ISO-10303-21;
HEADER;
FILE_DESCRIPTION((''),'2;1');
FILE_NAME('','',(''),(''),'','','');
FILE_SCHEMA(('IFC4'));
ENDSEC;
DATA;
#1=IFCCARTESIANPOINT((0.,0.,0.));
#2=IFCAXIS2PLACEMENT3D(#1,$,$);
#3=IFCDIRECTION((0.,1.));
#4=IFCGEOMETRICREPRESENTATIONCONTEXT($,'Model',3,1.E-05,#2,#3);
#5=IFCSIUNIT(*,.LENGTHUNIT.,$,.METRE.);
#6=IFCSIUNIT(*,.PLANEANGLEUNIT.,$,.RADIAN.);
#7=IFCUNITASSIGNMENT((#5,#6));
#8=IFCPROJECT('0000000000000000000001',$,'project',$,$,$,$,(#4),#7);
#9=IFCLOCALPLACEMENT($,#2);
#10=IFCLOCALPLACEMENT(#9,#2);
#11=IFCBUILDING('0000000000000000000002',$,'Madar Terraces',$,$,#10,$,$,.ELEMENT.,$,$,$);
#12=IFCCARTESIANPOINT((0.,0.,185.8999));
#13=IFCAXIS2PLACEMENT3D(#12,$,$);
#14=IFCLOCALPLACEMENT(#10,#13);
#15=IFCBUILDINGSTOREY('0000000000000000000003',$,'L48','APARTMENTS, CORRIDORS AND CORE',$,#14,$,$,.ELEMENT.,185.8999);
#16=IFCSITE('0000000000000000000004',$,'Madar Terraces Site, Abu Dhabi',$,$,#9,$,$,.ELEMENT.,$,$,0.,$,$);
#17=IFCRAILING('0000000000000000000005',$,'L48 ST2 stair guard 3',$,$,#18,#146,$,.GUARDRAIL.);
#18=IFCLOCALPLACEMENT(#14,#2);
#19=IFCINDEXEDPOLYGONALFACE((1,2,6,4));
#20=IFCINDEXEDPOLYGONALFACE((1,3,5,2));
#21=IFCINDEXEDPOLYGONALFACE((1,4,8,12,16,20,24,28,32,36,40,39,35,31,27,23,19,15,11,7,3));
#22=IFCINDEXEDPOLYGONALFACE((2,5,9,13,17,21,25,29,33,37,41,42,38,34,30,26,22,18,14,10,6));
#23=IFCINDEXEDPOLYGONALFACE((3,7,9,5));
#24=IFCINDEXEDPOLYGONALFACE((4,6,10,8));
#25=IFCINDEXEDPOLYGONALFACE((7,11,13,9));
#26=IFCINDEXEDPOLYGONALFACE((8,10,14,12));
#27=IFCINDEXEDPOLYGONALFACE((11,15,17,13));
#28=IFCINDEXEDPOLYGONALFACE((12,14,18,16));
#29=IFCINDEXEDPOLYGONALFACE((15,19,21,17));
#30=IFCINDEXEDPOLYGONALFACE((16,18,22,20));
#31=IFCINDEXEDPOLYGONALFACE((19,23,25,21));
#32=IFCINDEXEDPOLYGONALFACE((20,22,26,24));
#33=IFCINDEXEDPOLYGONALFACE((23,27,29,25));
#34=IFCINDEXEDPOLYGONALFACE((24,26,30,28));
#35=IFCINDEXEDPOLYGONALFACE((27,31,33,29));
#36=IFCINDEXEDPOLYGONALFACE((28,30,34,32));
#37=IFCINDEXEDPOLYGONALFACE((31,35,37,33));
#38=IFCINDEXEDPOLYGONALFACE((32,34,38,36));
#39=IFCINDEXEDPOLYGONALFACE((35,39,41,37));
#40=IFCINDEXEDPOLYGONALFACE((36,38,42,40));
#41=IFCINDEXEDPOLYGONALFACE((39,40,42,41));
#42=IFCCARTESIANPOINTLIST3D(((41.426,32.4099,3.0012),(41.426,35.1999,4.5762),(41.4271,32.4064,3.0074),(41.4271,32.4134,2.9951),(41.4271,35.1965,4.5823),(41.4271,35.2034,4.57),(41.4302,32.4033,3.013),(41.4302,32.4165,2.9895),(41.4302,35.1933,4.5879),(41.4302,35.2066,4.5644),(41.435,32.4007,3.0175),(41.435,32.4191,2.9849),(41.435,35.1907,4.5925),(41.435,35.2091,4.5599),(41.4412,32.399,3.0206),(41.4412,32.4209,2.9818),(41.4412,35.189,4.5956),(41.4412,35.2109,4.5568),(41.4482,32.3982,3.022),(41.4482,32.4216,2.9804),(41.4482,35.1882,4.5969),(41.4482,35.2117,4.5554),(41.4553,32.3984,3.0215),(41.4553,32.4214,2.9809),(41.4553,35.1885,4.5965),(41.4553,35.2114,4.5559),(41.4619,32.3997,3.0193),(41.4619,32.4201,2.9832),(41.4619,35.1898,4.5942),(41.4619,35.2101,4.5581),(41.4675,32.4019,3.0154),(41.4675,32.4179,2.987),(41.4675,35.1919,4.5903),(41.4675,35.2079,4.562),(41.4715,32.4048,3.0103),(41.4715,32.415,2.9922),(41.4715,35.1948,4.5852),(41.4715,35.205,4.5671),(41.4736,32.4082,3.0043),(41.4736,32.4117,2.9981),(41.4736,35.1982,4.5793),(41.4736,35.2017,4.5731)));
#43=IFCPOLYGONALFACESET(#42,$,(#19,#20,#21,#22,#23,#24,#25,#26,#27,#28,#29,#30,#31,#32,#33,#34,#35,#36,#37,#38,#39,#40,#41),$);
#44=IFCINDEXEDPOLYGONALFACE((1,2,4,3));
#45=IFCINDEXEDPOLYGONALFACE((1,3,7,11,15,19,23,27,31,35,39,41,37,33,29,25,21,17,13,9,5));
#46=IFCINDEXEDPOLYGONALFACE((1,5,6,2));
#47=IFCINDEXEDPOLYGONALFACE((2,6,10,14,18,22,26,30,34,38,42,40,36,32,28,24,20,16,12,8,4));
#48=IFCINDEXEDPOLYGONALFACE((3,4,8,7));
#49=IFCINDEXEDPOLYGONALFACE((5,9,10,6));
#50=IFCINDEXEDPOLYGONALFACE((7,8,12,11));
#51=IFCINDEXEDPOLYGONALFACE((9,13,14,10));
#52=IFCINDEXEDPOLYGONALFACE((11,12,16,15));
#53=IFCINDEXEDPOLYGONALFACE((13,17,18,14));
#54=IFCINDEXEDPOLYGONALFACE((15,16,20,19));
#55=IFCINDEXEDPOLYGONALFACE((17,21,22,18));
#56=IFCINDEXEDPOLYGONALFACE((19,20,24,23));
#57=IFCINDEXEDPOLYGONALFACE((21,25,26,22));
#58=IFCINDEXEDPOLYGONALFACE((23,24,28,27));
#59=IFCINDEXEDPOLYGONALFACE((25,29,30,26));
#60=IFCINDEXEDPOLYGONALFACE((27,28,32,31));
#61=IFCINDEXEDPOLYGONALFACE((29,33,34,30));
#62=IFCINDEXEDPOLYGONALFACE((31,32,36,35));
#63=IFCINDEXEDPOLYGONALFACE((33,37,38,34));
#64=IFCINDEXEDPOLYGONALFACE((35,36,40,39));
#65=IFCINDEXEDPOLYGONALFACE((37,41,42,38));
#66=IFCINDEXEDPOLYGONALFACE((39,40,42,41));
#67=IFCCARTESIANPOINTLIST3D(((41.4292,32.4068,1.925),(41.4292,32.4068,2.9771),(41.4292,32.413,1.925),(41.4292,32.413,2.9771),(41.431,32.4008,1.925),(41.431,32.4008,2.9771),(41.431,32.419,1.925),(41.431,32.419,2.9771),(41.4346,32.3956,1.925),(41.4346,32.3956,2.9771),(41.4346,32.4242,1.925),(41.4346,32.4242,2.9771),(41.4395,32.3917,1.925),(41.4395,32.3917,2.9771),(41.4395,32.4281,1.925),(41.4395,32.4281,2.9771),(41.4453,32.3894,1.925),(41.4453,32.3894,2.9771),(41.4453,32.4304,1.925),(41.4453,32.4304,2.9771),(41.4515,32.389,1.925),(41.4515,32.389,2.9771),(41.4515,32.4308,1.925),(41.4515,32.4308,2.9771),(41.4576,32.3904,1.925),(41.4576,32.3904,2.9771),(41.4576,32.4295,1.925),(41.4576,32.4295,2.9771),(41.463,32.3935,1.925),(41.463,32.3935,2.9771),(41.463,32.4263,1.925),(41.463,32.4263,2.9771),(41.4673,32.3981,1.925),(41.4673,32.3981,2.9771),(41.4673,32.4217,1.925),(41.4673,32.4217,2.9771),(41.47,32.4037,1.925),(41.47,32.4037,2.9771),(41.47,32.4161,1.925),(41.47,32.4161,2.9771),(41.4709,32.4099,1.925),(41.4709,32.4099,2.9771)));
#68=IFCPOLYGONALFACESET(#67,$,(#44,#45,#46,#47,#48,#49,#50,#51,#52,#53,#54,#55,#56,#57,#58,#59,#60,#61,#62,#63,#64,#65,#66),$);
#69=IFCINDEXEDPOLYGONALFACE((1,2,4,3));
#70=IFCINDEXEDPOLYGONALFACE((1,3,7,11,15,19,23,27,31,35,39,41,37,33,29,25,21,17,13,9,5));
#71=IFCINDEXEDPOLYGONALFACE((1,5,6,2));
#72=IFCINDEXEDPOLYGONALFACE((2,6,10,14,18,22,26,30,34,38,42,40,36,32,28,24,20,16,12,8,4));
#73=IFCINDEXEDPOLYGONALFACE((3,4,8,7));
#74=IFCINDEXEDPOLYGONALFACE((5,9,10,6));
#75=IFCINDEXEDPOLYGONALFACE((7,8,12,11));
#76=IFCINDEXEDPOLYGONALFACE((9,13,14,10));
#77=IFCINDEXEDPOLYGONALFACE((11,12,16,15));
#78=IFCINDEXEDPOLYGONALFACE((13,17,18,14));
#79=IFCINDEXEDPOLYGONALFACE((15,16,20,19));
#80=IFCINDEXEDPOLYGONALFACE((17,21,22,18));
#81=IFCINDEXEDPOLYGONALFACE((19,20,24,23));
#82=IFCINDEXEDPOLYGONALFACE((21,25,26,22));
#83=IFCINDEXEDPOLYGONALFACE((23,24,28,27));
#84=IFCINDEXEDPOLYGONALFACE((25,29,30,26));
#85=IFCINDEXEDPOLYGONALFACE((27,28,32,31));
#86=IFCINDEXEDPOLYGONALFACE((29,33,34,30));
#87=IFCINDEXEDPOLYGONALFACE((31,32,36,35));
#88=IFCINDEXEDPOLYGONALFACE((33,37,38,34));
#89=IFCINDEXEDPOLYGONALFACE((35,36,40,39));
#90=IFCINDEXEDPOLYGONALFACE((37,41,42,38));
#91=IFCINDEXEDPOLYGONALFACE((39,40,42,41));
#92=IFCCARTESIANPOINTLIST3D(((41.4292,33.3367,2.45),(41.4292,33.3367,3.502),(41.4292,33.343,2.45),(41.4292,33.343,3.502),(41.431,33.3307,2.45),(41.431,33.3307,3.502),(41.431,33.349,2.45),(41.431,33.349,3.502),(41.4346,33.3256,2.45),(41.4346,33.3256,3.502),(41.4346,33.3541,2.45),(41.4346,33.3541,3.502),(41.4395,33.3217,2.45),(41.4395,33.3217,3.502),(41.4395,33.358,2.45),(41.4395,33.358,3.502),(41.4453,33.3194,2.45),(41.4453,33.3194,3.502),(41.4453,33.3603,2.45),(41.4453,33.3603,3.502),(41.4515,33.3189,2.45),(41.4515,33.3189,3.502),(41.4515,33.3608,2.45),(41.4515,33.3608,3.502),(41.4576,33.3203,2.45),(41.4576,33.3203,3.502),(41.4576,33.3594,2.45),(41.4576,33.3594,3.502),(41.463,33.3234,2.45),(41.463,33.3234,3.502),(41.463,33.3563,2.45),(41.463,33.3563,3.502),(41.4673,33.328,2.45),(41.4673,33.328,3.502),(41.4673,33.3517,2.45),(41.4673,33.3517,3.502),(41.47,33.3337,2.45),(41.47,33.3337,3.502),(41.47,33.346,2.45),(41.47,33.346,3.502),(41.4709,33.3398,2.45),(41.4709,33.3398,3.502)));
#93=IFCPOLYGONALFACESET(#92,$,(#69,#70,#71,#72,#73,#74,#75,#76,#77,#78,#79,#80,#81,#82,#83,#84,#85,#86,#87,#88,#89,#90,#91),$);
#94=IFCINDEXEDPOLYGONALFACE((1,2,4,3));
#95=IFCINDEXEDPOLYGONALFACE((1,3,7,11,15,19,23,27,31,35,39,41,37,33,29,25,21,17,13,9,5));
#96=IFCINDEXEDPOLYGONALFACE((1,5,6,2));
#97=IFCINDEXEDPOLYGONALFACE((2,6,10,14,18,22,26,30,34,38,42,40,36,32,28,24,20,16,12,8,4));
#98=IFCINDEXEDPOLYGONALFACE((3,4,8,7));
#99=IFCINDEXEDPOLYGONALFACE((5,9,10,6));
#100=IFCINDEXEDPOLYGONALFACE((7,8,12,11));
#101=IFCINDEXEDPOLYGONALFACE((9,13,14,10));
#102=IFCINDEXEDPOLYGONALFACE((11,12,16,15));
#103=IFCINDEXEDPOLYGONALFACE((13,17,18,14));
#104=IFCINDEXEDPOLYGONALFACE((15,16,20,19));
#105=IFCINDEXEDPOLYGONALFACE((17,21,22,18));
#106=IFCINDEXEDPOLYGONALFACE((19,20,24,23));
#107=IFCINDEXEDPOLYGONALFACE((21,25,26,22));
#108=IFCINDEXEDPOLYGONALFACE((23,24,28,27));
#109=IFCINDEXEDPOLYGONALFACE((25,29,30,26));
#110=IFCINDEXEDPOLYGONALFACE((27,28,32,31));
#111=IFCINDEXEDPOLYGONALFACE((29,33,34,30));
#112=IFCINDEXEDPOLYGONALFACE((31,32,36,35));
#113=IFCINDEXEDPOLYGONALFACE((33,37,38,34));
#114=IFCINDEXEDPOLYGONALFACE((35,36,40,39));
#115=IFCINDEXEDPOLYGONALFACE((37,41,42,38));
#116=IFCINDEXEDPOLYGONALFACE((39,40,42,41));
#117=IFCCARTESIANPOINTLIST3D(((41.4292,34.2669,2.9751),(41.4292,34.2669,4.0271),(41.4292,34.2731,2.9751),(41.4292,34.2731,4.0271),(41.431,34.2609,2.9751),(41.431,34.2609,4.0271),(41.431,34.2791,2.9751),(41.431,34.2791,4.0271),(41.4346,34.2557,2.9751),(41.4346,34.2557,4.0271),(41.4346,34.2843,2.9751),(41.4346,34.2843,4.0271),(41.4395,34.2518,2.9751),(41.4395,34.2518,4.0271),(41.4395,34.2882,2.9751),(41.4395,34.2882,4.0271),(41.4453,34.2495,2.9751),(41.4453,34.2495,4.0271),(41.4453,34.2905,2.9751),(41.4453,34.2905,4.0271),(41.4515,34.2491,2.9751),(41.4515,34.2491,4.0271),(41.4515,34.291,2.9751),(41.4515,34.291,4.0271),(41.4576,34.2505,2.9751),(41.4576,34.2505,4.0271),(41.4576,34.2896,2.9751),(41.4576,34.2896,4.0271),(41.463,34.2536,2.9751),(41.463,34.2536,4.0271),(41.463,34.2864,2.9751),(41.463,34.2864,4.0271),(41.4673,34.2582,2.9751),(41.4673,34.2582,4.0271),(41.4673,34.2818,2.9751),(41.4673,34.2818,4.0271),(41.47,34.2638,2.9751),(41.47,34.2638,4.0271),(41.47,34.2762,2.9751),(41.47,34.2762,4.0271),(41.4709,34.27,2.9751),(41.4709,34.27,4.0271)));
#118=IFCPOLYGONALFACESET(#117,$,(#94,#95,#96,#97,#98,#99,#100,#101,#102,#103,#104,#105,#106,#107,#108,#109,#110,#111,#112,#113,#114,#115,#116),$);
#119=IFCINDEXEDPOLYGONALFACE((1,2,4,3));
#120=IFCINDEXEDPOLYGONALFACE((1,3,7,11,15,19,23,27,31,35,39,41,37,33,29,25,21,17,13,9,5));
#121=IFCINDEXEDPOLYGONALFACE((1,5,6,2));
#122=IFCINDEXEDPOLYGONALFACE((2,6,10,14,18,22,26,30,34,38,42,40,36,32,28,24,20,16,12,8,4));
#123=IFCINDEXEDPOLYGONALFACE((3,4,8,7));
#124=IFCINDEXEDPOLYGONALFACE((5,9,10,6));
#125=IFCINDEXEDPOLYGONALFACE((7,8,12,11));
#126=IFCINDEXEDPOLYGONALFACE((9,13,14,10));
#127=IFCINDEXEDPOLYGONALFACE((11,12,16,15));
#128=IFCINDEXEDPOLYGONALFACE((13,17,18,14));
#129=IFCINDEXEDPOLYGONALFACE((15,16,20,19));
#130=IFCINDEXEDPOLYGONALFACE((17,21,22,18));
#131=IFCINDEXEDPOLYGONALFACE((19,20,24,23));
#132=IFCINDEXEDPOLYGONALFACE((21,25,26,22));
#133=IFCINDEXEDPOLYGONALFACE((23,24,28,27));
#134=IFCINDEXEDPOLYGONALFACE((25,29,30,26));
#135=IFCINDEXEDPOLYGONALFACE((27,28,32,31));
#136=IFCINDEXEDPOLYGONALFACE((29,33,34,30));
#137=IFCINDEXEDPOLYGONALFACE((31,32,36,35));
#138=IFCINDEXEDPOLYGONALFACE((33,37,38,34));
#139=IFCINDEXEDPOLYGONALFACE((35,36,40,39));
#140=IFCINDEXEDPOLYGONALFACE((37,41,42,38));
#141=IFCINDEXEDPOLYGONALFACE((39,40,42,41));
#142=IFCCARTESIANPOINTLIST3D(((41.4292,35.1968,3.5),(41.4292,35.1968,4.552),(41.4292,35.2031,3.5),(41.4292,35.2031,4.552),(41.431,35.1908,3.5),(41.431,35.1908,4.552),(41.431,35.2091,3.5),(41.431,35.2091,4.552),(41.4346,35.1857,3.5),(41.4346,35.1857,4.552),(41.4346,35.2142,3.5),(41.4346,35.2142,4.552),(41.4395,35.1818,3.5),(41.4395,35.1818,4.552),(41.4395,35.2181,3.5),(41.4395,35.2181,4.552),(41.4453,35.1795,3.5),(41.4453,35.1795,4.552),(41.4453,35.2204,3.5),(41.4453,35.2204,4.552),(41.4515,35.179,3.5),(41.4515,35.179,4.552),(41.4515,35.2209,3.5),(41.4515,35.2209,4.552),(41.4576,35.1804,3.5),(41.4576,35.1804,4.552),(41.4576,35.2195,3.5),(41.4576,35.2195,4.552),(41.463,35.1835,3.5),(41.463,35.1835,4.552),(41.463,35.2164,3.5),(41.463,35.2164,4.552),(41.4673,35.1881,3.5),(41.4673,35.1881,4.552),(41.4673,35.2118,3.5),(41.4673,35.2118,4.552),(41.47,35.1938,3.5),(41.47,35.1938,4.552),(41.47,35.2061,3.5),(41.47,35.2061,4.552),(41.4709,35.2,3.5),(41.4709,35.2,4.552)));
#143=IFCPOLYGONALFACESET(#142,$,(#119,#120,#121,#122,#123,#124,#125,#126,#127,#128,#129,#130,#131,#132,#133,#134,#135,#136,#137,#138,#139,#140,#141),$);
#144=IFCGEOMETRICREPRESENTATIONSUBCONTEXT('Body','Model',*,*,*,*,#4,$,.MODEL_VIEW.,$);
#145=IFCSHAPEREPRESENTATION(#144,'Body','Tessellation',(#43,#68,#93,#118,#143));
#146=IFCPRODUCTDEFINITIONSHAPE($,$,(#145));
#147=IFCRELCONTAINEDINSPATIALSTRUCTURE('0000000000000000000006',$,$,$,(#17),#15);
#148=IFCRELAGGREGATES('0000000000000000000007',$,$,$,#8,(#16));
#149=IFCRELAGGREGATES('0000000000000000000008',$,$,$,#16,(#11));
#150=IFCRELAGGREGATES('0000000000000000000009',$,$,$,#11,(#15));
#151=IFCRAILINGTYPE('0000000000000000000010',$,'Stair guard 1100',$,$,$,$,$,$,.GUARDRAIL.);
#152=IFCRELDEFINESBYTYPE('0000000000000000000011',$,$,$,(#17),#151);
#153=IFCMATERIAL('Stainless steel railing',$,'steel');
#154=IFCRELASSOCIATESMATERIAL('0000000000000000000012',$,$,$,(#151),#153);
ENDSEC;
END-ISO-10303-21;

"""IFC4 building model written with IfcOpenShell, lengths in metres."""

from ifc_helpers import new_model, si_unit, direction, frame, origin, origin_2d, place, context, subcontext, project, spatial, circle, extrude, material, type_object, element, save


model = new_model("IFC4")

# Units and contexts
model_context = context("Model", 3, precision=1e-05, world=origin(), true_north=direction((0.0, 1.0)))
body_context = subcontext(model_context, "Body", "Model", "MODEL_VIEW")
ifc_project = project(units=[si_unit("LENGTHUNIT", "METRE"), si_unit("PLANEANGLEUNIT", "RADIAN")], contexts=[model_context])

# Site, building, storey
site_placement = place(None, origin())
site = spatial("IfcSite", under=ifc_project, at=site_placement, Name="Madar Terraces Site, Abu Dhabi", CompositionType="ELEMENT", RefElevation=0.0)
building_placement = place(site_placement, origin())
building = spatial("IfcBuilding", under=site, at=building_placement, Name="Madar Terraces", CompositionType="ELEMENT")
storey_placement = place(building_placement, frame((0.0, 0.0, 185.8999)))
storey = spatial("IfcBuildingStorey", under=building, at=storey_placement, Name="L48", Description="APARTMENTS, CORRIDORS AND CORE", CompositionType="ELEMENT", Elevation=185.8999)

# Railing
ifc_material_1 = material(Name="Stainless steel railing", Category="steel")
railing_type_1 = type_object("IfcRailingType", Name="Stair guard 1100", PredefinedType="GUARDRAIL", material=ifc_material_1)
railing_1_placement = place(storey_placement, frame((41.45, 32.4099, 1.925)))
element("IfcRailing", 1, at=railing_1_placement, inside=storey, type_object=railing_type_1, Name="L48 ST2 stair guard 3", PredefinedType="GUARDRAIL", context=body_context, shape_type="SweptSolid", body=[
    extrude(circle(Radius=0.0239, at=origin_2d()), frame((0.0, 0.0, 1.0762), z_axis=(0.0, 0.870834, 0.491578), x_axis=(-1.0, 0.0, 0.0)), (0.0, 0.0, 1.0), 3.2039),
    extrude(circle(Radius=0.021, at=origin_2d()), origin(), (0.0, 0.0, 1.0), 1.052),
    extrude(circle(Radius=0.021, at=origin_2d()), frame((0.0, 0.9299, 0.5249)), (0.0, 0.0, 1.0), 1.052),
    extrude(circle(Radius=0.021, at=origin_2d()), frame((0.0, 1.8601, 1.05)), (0.0, 0.0, 1.0), 1.052),
    extrude(circle(Radius=0.021, at=origin_2d()), frame((0.0, 2.79, 1.575)), (0.0, 0.0, 1.0), 1.052),
])

save(model, "model.ifc")
